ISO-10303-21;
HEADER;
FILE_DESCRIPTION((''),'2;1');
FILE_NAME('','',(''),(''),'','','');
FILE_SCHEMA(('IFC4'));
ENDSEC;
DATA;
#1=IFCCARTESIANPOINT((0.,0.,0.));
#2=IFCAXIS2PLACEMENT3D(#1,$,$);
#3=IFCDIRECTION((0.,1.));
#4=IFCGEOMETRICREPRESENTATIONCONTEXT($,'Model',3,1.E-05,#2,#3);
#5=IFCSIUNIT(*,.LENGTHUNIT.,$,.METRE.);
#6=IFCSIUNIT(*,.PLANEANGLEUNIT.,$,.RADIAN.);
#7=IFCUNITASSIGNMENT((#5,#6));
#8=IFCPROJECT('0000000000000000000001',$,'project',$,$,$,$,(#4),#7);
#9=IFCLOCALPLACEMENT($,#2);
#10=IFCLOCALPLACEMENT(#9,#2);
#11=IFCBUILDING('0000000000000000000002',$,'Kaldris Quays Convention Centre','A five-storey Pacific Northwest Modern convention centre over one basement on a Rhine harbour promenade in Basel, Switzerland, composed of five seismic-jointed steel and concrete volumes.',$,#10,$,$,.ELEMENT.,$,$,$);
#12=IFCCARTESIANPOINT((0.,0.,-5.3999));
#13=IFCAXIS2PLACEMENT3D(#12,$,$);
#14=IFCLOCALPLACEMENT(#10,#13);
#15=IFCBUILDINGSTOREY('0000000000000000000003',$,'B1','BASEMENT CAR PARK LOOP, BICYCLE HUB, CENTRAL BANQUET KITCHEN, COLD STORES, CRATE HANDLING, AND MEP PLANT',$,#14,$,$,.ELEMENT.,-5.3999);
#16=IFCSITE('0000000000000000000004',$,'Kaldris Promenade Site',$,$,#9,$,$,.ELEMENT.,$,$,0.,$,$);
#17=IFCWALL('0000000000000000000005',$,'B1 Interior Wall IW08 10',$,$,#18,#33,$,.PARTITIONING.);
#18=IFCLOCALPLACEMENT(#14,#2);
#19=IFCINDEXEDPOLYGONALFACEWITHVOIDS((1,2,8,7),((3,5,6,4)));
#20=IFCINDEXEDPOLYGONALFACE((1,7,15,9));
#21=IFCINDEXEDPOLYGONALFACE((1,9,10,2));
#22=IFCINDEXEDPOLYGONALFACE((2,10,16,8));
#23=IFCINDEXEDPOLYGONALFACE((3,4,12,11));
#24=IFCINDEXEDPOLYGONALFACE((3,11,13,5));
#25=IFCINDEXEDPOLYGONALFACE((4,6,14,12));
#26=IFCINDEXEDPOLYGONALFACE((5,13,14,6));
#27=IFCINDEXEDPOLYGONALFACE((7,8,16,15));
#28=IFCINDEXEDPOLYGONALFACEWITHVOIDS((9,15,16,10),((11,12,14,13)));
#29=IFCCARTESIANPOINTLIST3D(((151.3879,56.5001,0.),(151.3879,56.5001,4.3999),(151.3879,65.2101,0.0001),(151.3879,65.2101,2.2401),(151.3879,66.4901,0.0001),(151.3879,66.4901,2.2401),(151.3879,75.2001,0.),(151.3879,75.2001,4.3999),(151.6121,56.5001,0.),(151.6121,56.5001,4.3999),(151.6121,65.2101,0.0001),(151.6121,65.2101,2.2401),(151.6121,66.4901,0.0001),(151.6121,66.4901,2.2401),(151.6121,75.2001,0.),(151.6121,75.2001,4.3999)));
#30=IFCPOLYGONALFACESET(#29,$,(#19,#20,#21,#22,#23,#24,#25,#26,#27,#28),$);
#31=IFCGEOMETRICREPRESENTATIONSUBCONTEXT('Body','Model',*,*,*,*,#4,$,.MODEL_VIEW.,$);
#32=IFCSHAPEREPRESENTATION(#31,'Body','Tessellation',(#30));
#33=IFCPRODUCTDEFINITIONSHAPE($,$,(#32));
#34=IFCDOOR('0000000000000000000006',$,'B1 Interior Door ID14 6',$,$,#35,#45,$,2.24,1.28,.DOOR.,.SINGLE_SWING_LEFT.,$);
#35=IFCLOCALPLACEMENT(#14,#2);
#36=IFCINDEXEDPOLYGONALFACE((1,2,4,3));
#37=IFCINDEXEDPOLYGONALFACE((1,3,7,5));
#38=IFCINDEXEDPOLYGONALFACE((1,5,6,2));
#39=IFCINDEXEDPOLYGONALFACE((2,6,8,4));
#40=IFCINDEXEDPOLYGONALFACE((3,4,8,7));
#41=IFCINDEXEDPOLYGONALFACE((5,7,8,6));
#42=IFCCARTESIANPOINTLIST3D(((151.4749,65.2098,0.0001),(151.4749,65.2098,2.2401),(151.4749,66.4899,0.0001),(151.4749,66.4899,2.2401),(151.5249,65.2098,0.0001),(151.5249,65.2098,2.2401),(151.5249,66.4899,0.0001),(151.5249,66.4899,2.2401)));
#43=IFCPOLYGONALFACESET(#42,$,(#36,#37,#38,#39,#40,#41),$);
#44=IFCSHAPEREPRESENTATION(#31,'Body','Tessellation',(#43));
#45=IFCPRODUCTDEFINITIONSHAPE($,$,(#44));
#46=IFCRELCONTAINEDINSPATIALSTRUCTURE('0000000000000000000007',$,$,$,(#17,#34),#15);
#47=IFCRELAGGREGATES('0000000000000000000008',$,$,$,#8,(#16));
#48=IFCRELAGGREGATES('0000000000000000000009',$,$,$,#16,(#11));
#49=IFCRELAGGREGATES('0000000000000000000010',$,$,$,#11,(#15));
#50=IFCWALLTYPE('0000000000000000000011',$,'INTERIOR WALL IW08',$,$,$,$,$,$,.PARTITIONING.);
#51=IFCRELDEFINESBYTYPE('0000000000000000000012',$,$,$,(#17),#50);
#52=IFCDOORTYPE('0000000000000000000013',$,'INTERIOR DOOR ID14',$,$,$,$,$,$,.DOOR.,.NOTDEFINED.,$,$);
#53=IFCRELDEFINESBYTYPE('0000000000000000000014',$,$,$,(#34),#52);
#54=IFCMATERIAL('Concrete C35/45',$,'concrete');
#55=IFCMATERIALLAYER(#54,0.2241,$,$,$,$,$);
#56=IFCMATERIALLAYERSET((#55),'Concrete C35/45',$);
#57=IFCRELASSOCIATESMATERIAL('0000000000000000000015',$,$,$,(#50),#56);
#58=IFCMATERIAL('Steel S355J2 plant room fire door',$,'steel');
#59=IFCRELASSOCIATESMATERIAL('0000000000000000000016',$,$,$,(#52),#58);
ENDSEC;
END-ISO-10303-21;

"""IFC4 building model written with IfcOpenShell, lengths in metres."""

from ifc_helpers import new_model, si_unit, direction, frame, frame_2d, origin, place, context, subcontext, project, spatial, rectangle, extrude, material, layer, layer_set, type_object, element, fill, save


model = new_model("IFC4")

# Units and contexts
model_context = context("Model", 3, precision=1e-05, world=origin(), true_north=direction((0.0, 1.0)))
body_context = subcontext(model_context, "Body", "Model", "MODEL_VIEW")
ifc_project = project(units=[si_unit("LENGTHUNIT", "METRE"), si_unit("PLANEANGLEUNIT", "RADIAN")], contexts=[model_context])

# Site, building, storey
site_placement = place(None, origin())
site = spatial("IfcSite", under=ifc_project, at=site_placement, Name="Kaldris Promenade Site", CompositionType="ELEMENT", RefElevation=0.0)
building_placement = place(site_placement, origin())
building = spatial("IfcBuilding", under=site, at=building_placement, Name="Kaldris Quays Convention Centre", Description="A five-storey Pacific Northwest Modern convention centre over one basement on a Rhine harbour promenade in Basel, Switzerland, composed of five seismic-jointed steel and concrete volumes.", CompositionType="ELEMENT")
storey_placement = place(building_placement, frame((0.0, 0.0, -5.3999)))
storey = spatial("IfcBuildingStorey", under=building, at=storey_placement, Name="B1", Description="BASEMENT CAR PARK LOOP, BICYCLE HUB, CENTRAL BANQUET KITCHEN, COLD STORES, CRATE HANDLING, AND MEP PLANT", CompositionType="ELEMENT", Elevation=-5.3999)

# Shared definitions
ifc_material_1 = material(Name="Concrete C35/45", Category="concrete")

# Wall, opening, door
ifc_layer = layer(ifc_material_1, 0.2241)
ifc_layer_set = layer_set([ifc_layer], Name="Concrete C35/45")
wall_type = type_object("IfcWallType", Name="INTERIOR WALL IW08", PredefinedType="PARTITIONING", material=ifc_layer_set)
wall_placement = place(storey_placement, frame((151.5, 56.5, 0.0), z_axis=(0.0, 0.0, 1.0), x_axis=(0.0, 1.0, 0.0)))
wall = element("IfcWall", 1, at=wall_placement, inside=storey, type_object=wall_type, Name="B1 Interior Wall IW08 10", PredefinedType="PARTITIONING", context=body_context, shape_type="SweptSolid", body=[
    extrude(rectangle(XDim=18.7, YDim=0.2241, at=frame_2d((9.3501, 0.0))), origin(), (0.0, 0.0, 1.0), 4.3999),
])
opening_placement = place(wall_placement, frame((8.71, 0.0, 0.0)))
opening = element("IfcOpeningElement", 2, at=opening_placement, cuts=wall, PredefinedType="OPENING", context=body_context, shape_type="SweptSolid", body=[
    extrude(rectangle(XDim=1.28, YDim=2.24, at=frame_2d((0.6401, 1.1201))), frame((0.0, 0.1221, 0.0), z_axis=(0.0, -1.0, 0.0), x_axis=(1.0, 0.0, 0.0)), (0.0, 0.0, 1.0), 0.2441),
])
ifc_material_2 = material(Name="Steel S355J2 plant room fire door", Category="steel")
door_type = type_object("IfcDoorType", Name="INTERIOR DOOR ID14", OperationType="NOTDEFINED", PredefinedType="DOOR", material=ifc_material_2)
door_placement = place(opening_placement, frame((1.28, 0.0, 0.0), z_axis=(0.0, 0.0, 1.0), x_axis=(-1.0, 0.0, 0.0)))
door = element("IfcDoor", 3, at=door_placement, inside=storey, type_object=door_type, Name="B1 Interior Door ID14 6", OperationType="SINGLE_SWING_LEFT", OverallHeight=2.24, OverallWidth=1.28, PredefinedType="DOOR", context=body_context, shape_type="SweptSolid", body=[
    extrude(rectangle(XDim=1.28, YDim=2.24, at=frame_2d((0.6401, 1.1201))), frame((0.0, 0.0249, 0.0), z_axis=(0.0, -1.0, 0.0), x_axis=(1.0, 0.0, 0.0)), (0.0, 0.0, 1.0), 0.05),
])
fill(opening, door)

save(model, "model.ifc")
